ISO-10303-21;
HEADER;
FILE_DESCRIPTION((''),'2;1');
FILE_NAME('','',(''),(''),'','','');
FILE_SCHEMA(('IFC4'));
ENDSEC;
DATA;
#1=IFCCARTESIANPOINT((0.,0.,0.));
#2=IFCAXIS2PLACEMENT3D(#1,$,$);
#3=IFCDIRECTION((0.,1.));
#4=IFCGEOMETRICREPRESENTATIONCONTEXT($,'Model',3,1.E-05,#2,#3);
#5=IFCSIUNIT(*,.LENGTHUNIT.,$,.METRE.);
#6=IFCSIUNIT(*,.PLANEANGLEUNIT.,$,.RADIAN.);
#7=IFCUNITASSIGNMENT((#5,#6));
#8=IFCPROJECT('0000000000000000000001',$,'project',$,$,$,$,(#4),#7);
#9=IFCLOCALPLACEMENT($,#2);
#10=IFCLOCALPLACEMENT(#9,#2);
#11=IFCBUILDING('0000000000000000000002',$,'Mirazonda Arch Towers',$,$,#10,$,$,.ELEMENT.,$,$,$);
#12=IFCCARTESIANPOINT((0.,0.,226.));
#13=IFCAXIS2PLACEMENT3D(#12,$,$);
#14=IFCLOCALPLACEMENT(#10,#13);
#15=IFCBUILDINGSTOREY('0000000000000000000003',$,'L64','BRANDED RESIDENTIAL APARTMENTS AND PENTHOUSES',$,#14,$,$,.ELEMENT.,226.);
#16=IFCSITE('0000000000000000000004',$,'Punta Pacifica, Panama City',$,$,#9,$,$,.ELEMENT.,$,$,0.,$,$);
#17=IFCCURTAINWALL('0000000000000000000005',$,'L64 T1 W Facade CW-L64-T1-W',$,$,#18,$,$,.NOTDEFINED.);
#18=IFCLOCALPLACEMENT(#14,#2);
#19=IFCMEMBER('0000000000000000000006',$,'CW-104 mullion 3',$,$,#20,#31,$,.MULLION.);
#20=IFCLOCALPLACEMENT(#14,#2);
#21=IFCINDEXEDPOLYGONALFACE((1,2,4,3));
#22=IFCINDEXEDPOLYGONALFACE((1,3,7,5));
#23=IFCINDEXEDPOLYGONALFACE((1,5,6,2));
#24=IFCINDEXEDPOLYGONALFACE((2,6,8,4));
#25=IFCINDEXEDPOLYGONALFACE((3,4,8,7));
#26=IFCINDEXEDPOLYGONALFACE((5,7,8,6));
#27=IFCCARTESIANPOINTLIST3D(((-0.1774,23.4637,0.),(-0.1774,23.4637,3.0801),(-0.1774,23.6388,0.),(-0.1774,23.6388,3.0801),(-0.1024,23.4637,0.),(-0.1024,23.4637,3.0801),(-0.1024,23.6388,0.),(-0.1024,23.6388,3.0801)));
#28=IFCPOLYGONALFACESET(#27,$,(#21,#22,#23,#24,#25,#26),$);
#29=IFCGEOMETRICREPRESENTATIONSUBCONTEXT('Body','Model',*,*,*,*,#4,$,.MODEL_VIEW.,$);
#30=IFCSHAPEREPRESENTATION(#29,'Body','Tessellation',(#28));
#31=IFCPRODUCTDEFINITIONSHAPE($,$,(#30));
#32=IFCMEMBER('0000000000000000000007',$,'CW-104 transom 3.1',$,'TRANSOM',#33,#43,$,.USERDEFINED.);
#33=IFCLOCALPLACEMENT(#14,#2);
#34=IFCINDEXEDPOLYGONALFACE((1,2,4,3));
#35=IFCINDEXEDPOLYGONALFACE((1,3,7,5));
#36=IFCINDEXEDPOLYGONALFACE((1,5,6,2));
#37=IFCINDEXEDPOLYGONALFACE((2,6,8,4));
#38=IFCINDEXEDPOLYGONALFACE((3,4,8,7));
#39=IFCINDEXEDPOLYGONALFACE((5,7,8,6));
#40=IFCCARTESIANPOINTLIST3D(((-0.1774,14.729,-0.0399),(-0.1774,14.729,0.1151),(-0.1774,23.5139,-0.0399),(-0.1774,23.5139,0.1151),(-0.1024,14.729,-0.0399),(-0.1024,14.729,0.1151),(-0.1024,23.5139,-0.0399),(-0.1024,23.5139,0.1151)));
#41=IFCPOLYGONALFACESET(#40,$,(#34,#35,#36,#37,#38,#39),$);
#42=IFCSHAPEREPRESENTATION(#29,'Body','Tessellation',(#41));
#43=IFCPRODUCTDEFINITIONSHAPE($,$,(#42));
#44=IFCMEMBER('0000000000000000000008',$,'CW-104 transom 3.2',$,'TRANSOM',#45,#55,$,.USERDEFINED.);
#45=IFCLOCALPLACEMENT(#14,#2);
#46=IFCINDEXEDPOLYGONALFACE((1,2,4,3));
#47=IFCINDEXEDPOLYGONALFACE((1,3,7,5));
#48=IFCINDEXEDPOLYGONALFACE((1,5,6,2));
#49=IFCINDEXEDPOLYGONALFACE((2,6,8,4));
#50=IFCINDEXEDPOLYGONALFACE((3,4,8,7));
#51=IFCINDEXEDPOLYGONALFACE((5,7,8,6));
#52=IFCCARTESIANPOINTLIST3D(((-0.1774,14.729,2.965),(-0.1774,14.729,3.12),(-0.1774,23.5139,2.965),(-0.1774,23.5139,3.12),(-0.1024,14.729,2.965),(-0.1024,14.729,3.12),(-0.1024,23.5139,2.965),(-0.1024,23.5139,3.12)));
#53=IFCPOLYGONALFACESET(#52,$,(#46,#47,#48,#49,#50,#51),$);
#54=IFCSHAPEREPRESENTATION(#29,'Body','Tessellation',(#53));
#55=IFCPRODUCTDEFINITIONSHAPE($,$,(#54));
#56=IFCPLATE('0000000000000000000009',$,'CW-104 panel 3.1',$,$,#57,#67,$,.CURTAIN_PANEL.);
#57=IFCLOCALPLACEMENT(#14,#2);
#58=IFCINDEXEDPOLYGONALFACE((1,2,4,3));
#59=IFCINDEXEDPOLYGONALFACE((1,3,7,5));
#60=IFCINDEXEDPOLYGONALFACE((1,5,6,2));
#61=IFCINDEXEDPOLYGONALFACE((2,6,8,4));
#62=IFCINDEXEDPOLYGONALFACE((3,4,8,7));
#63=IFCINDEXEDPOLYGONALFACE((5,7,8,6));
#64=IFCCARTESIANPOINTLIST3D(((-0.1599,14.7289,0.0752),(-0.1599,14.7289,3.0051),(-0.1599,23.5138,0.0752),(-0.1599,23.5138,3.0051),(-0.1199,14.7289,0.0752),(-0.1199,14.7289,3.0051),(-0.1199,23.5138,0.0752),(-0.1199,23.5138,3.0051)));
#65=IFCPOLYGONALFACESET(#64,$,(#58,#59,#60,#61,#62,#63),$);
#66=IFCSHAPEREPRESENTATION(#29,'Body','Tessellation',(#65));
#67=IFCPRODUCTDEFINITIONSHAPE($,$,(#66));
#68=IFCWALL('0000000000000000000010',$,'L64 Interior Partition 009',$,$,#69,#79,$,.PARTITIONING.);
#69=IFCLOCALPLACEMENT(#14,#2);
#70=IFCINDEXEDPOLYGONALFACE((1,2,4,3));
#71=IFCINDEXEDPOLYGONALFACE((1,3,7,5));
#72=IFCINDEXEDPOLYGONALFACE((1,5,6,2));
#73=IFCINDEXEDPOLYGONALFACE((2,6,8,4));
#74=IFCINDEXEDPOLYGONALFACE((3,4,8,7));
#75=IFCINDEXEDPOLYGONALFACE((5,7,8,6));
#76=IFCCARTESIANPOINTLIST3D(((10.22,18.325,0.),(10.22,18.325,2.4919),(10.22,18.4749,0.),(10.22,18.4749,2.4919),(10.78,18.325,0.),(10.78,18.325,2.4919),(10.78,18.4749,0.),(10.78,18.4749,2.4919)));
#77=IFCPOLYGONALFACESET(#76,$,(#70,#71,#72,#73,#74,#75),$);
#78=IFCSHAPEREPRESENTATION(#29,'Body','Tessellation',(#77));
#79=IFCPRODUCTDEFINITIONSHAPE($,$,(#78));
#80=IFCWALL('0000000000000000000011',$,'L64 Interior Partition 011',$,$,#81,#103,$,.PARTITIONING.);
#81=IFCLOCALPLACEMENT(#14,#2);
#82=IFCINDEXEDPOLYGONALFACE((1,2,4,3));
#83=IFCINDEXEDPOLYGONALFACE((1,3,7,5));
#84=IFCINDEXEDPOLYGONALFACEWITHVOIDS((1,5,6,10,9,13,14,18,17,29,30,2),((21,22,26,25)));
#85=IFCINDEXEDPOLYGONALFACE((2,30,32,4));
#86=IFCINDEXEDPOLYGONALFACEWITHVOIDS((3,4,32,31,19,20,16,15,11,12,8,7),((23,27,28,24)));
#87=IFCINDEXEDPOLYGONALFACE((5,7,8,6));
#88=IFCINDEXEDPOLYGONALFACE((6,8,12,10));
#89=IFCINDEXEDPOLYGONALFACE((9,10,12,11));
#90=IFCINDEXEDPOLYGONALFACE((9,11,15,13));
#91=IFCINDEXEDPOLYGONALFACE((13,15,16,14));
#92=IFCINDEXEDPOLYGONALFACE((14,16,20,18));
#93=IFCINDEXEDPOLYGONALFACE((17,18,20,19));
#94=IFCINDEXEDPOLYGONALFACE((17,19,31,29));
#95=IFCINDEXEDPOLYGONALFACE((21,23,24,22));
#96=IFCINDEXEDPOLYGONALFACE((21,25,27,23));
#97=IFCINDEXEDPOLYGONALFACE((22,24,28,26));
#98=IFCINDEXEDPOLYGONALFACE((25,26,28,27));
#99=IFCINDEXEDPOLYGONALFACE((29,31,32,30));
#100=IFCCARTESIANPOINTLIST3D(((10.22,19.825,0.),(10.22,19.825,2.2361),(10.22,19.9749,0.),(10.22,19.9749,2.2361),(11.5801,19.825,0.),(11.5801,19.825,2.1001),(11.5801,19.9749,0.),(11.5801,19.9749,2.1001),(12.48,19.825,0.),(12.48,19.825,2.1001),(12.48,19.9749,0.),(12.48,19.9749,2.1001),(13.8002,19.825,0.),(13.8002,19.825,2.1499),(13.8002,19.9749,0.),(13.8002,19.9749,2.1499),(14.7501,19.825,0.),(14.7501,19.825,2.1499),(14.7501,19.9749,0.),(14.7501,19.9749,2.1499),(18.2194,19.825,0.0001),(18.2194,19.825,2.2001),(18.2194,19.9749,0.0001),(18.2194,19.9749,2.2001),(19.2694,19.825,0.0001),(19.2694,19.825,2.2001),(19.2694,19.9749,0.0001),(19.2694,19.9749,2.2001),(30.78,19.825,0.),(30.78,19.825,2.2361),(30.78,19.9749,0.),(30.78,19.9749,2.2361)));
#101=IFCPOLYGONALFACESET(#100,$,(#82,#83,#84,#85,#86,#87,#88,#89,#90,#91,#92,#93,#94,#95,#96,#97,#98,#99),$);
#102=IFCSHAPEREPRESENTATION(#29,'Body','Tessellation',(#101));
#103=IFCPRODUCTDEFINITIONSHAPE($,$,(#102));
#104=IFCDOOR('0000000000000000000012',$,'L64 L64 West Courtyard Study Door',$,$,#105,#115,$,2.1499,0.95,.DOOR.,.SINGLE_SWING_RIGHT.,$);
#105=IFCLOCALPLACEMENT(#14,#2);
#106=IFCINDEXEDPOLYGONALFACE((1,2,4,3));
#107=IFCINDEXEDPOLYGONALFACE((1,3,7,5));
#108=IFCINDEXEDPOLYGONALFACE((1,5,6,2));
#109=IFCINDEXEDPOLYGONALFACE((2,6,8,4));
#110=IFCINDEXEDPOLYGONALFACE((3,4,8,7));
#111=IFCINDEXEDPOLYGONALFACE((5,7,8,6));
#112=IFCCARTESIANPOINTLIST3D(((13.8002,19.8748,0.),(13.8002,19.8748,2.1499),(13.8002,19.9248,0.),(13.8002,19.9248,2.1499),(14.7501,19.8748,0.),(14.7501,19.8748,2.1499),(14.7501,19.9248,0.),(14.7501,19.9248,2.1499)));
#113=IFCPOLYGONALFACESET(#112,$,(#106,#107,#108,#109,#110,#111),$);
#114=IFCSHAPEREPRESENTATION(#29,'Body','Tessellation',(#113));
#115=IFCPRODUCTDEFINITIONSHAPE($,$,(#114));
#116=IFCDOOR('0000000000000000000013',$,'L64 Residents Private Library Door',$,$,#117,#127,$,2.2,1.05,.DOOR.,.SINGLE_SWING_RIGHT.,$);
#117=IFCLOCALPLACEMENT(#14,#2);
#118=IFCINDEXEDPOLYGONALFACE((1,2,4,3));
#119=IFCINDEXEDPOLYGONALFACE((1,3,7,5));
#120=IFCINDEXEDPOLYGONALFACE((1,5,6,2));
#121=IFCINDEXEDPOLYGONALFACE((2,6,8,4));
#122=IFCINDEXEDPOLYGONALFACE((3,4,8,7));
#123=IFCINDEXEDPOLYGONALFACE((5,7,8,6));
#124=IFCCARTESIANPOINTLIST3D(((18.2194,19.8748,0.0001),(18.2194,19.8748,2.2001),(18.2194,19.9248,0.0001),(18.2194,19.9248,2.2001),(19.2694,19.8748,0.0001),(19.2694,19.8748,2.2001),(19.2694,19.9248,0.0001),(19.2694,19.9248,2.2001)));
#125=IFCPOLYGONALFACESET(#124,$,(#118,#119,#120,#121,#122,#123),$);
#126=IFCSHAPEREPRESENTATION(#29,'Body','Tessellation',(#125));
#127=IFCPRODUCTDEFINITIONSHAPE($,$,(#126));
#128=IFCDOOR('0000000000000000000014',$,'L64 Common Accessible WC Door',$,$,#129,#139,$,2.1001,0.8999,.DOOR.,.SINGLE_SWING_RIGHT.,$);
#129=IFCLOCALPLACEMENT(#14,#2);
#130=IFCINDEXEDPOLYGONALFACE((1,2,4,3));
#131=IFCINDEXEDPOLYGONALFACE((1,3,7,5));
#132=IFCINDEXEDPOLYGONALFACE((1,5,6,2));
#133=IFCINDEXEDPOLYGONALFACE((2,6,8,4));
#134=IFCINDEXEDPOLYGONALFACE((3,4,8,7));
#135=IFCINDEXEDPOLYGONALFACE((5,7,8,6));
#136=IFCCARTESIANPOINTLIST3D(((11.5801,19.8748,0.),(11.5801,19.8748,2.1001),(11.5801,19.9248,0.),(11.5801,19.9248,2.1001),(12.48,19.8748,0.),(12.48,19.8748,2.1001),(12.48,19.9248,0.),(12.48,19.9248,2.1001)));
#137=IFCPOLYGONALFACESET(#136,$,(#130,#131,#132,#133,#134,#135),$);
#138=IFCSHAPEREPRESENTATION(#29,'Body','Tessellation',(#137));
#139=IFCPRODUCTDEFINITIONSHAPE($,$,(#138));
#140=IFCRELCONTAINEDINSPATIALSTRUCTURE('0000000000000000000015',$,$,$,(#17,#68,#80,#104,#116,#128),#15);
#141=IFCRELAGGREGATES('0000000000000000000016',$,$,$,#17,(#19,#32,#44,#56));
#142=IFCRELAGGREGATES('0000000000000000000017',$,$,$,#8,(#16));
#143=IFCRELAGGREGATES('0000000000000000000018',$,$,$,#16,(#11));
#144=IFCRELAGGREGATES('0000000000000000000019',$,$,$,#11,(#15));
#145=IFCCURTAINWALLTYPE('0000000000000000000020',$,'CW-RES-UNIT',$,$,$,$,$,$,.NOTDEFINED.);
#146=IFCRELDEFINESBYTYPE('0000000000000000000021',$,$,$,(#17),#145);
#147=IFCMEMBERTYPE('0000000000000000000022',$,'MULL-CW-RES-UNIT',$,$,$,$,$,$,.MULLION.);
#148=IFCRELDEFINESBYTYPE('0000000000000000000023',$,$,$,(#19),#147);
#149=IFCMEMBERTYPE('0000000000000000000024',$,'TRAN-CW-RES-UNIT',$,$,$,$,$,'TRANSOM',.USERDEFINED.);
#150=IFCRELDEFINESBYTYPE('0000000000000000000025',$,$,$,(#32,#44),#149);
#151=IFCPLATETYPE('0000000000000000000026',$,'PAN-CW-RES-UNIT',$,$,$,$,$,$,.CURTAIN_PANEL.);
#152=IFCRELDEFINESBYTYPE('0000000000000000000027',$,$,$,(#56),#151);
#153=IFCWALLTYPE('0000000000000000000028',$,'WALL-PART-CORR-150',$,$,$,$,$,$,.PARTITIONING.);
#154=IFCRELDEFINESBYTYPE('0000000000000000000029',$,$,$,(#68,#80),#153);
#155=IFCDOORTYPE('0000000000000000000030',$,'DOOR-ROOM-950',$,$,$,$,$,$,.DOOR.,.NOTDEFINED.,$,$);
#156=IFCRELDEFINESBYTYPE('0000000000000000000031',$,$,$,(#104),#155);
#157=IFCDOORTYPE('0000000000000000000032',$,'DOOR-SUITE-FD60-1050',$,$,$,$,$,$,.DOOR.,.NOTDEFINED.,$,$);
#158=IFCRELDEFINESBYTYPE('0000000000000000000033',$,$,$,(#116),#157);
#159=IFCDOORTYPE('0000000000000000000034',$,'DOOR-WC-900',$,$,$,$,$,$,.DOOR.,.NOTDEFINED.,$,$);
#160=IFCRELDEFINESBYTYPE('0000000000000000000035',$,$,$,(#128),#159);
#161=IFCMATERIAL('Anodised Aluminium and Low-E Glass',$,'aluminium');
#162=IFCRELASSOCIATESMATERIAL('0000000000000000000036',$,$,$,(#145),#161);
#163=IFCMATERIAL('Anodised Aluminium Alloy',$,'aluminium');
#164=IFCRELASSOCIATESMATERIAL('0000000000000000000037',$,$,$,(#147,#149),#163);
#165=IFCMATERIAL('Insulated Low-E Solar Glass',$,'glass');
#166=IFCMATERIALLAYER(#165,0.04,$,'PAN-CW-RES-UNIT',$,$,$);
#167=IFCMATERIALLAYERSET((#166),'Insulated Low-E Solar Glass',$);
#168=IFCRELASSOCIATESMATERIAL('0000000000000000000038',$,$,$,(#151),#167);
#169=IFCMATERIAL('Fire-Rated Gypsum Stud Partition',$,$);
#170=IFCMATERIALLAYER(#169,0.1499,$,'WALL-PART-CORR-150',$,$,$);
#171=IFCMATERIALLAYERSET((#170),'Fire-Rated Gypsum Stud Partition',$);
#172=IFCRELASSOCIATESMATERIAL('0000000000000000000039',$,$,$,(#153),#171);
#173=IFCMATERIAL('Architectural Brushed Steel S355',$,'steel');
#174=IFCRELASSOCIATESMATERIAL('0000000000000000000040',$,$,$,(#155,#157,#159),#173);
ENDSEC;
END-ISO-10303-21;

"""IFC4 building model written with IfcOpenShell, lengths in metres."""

from ifc_helpers import new_model, si_unit, direction, frame, frame_2d, origin, origin_2d, place, context, subcontext, project, spatial, rectangle, extrude, material, layer, layer_set, material_profile, profile_set, type_object, element, fill, aggregate, save


model = new_model("IFC4")

# Units and contexts
model_context = context("Model", 3, precision=1e-05, world=origin(), true_north=direction((0.0, 1.0)))
body_context = subcontext(model_context, "Body", "Model", "MODEL_VIEW")
ifc_project = project(units=[si_unit("LENGTHUNIT", "METRE"), si_unit("PLANEANGLEUNIT", "RADIAN")], contexts=[model_context])

# Site, building, storey
site_placement = place(None, origin())
site = spatial("IfcSite", under=ifc_project, at=site_placement, Name="Punta Pacifica, Panama City", CompositionType="ELEMENT", RefElevation=0.0)
building_placement = place(site_placement, origin())
building = spatial("IfcBuilding", under=site, at=building_placement, Name="Mirazonda Arch Towers", CompositionType="ELEMENT")
storey_placement = place(building_placement, frame((0.0, 0.0, 226.0)))
storey = spatial("IfcBuildingStorey", under=building, at=storey_placement, Name="L64", Description="BRANDED RESIDENTIAL APARTMENTS AND PENTHOUSES", CompositionType="ELEMENT", Elevation=226.0)

# Curtain wall, members, plate
ifc_material_1 = material(Name="Anodised Aluminium and Low-E Glass", Category="aluminium")
curtain_wall_type = type_object("IfcCurtainWallType", Name="CW-RES-UNIT", PredefinedType="NOTDEFINED", material=ifc_material_1)
curtain_wall_placement = place(storey_placement, origin())
curtain_wall = element("IfcCurtainWall", 1, at=curtain_wall_placement, inside=storey, type_object=curtain_wall_type, Name="L64 T1 W Facade CW-L64-T1-W", PredefinedType="NOTDEFINED")
ifc_material_2 = material(Name="Anodised Aluminium Alloy", Category="aluminium")
ifc_material_profile_1 = material_profile(ifc_material_2, rectangle(XDim=0.075, YDim=0.175, at=origin_2d()), Name="ALU-MULL-75x175")
ifc_profile_set_1 = profile_set([ifc_material_profile_1], Name="Anodised Aluminium Alloy")
member_type_1 = type_object("IfcMemberType", Name="MULL-CW-RES-UNIT", PredefinedType="MULLION", material=ifc_profile_set_1)
member_1_placement = place(storey_placement, frame((-0.1399, 23.5513, 0.0), z_axis=(0.0, 0.0, 1.0), x_axis=(1.0, 0.0, 0.0)))
member_1 = element("IfcMember", 2, at=member_1_placement, type_object=member_type_1, Name="CW-104 mullion 3", PredefinedType="MULLION", context=body_context, shape_type="SweptSolid", body=[
    extrude(rectangle(XDim=0.075, YDim=0.175, at=origin_2d()), origin(), (0.0, 0.0, 1.0), 3.0801),
])
ifc_material_profile_2 = material_profile(ifc_material_2, rectangle(XDim=0.075, YDim=0.155, at=origin_2d()), Name="ALU-TRAN-75x155")
ifc_profile_set_2 = profile_set([ifc_material_profile_2], Name="Anodised Aluminium Alloy")
member_type_2 = type_object("IfcMemberType", Name="TRAN-CW-RES-UNIT", ElementType="TRANSOM", PredefinedType="USERDEFINED", material=ifc_profile_set_2)
member_2_placement = place(storey_placement, frame((-0.1399, 23.5139, 0.0376), z_axis=(0.0, -1.0, 0.0), x_axis=(1.0, 0.0, 0.0)))
member_2 = element("IfcMember", 3, at=member_2_placement, type_object=member_type_2, Name="CW-104 transom 3.1", ObjectType="TRANSOM", PredefinedType="USERDEFINED", context=body_context, shape_type="SweptSolid", body=[
    extrude(rectangle(XDim=0.075, YDim=0.155, at=origin_2d()), origin(), (0.0, 0.0, 1.0), 8.7849),
])
member_3_placement = place(storey_placement, frame((-0.1399, 23.5139, 3.0425), z_axis=(0.0, -1.0, 0.0), x_axis=(1.0, 0.0, 0.0)))
member_3 = element("IfcMember", 4, at=member_3_placement, type_object=member_type_2, Name="CW-104 transom 3.2", ObjectType="TRANSOM", PredefinedType="USERDEFINED", context=body_context, shape_type="SweptSolid", body=[
    extrude(rectangle(XDim=0.075, YDim=0.155, at=origin_2d()), origin(), (0.0, 0.0, 1.0), 8.7849),
])
ifc_material_3 = material(Name="Insulated Low-E Solar Glass", Category="glass")
ifc_layer_1 = layer(ifc_material_3, 0.04, Name="PAN-CW-RES-UNIT")
ifc_layer_set_1 = layer_set([ifc_layer_1], Name="Insulated Low-E Solar Glass")
plate_type = type_object("IfcPlateType", Name="PAN-CW-RES-UNIT", PredefinedType="CURTAIN_PANEL", material=ifc_layer_set_1)
plate_placement = place(storey_placement, frame((-0.1399, 19.1213, 0.0752), z_axis=(0.0, 0.0, 1.0), x_axis=(0.0, -1.0, 0.0)))
plate = element("IfcPlate", 5, at=plate_placement, type_object=plate_type, Name="CW-104 panel 3.1", PredefinedType="CURTAIN_PANEL", context=body_context, shape_type="SweptSolid", body=[
    extrude(rectangle(XDim=8.7849, YDim=0.04, at=origin_2d()), origin(), (0.0, 0.0, 1.0), 2.9299),
])
aggregate(curtain_wall, [member_1, member_2, member_3, plate])

# Wall
ifc_material_4 = material(Name="Fire-Rated Gypsum Stud Partition")
ifc_layer_2 = layer(ifc_material_4, 0.1499, Name="WALL-PART-CORR-150")
ifc_layer_set_2 = layer_set([ifc_layer_2], Name="Fire-Rated Gypsum Stud Partition")
wall_type = type_object("IfcWallType", Name="WALL-PART-CORR-150", PredefinedType="PARTITIONING", material=ifc_layer_set_2)
wall_1_placement = place(storey_placement, frame((10.22, 18.3999, 0.0), z_axis=(0.0, 0.0, 1.0), x_axis=(1.0, 0.0, 0.0)))
element("IfcWall", 6, at=wall_1_placement, inside=storey, type_object=wall_type, Name="L64 Interior Partition 009", PredefinedType="PARTITIONING", context=body_context, shape_type="SweptSolid", body=[
    extrude(rectangle(XDim=0.5601, YDim=0.1499, at=frame_2d((0.28, 0.0))), origin(), (0.0, 0.0, 1.0), 2.4919),
])

# Wall, openings, doors
wall_2_placement = place(storey_placement, frame((10.22, 19.8999, 0.0), z_axis=(0.0, 0.0, 1.0), x_axis=(1.0, 0.0, 0.0)))
wall_2 = element("IfcWall", 7, at=wall_2_placement, inside=storey, type_object=wall_type, Name="L64 Interior Partition 011", PredefinedType="PARTITIONING", context=body_context, shape_type="SweptSolid", body=[
    extrude(rectangle(XDim=20.5601, YDim=0.1499, at=frame_2d((10.28, 0.0))), origin(), (0.0, 0.0, 1.0), 2.2361),
])
opening_1_placement = place(wall_2_placement, frame((1.3601, 0.0, 0.0)))
opening_1 = element("IfcOpeningElement", 8, at=opening_1_placement, cuts=wall_2, PredefinedType="OPENING", context=body_context, shape_type="SweptSolid", body=[
    extrude(rectangle(XDim=0.8999, YDim=2.1001, at=frame_2d((0.45, 1.05))), frame((0.0, 0.085, 0.0), z_axis=(0.0, -1.0, 0.0), x_axis=(1.0, 0.0, 0.0)), (0.0, 0.0, 1.0), 0.1699),
])
opening_2_placement = place(wall_2_placement, frame((3.5801, 0.0, 0.0)))
opening_2 = element("IfcOpeningElement", 9, at=opening_2_placement, cuts=wall_2, PredefinedType="OPENING", context=body_context, shape_type="SweptSolid", body=[
    extrude(rectangle(XDim=0.95, YDim=2.1499, at=frame_2d((0.4751, 1.075))), frame((0.0, 0.085, 0.0), z_axis=(0.0, -1.0, 0.0), x_axis=(1.0, 0.0, 0.0)), (0.0, 0.0, 1.0), 0.1699),
])
opening_3_placement = place(wall_2_placement, frame((7.9995, 0.0, 0.0)))
opening_3 = element("IfcOpeningElement", 10, at=opening_3_placement, cuts=wall_2, PredefinedType="OPENING", context=body_context, shape_type="SweptSolid", body=[
    extrude(rectangle(XDim=1.05, YDim=2.2, at=frame_2d((0.5249, 1.1001))), frame((0.0, 0.085, 0.0), z_axis=(0.0, -1.0, 0.0), x_axis=(1.0, 0.0, 0.0)), (0.0, 0.0, 1.0), 0.1699),
])
ifc_material_5 = material(Name="Architectural Brushed Steel S355", Category="steel")
door_type_1 = type_object("IfcDoorType", Name="DOOR-ROOM-950", OperationType="NOTDEFINED", PredefinedType="DOOR", material=ifc_material_5)
door_1_placement = place(opening_2_placement, origin())
door_1 = element("IfcDoor", 11, at=door_1_placement, inside=storey, type_object=door_type_1, Name="L64 L64 West Courtyard Study Door", OperationType="SINGLE_SWING_RIGHT", OverallHeight=2.1499, OverallWidth=0.95, PredefinedType="DOOR", context=body_context, shape_type="SweptSolid", body=[
    extrude(rectangle(XDim=0.95, YDim=2.1499, at=frame_2d((0.4751, 1.075))), frame((0.0, 0.0249, 0.0), z_axis=(0.0, -1.0, 0.0), x_axis=(1.0, 0.0, 0.0)), (0.0, 0.0, 1.0), 0.05),
])
fill(opening_2, door_1)
door_type_2 = type_object("IfcDoorType", Name="DOOR-SUITE-FD60-1050", OperationType="NOTDEFINED", PredefinedType="DOOR", material=ifc_material_5)
door_2_placement = place(opening_3_placement, origin())
door_2 = element("IfcDoor", 12, at=door_2_placement, inside=storey, type_object=door_type_2, Name="L64 Residents Private Library Door", OperationType="SINGLE_SWING_RIGHT", OverallHeight=2.2, OverallWidth=1.05, PredefinedType="DOOR", context=body_context, shape_type="SweptSolid", body=[
    extrude(rectangle(XDim=1.05, YDim=2.2, at=frame_2d((0.5249, 1.1001))), frame((0.0, 0.0249, 0.0), z_axis=(0.0, -1.0, 0.0), x_axis=(1.0, 0.0, 0.0)), (0.0, 0.0, 1.0), 0.05),
])
fill(opening_3, door_2)
door_type_3 = type_object("IfcDoorType", Name="DOOR-WC-900", OperationType="NOTDEFINED", PredefinedType="DOOR", material=ifc_material_5)
door_3_placement = place(opening_1_placement, origin())
door_3 = element("IfcDoor", 13, at=door_3_placement, inside=storey, type_object=door_type_3, Name="L64 Common Accessible WC Door", OperationType="SINGLE_SWING_RIGHT", OverallHeight=2.1001, OverallWidth=0.8999, PredefinedType="DOOR", context=body_context, shape_type="SweptSolid", body=[
    extrude(rectangle(XDim=0.8999, YDim=2.1001, at=frame_2d((0.45, 1.05))), frame((0.0, 0.0249, 0.0), z_axis=(0.0, -1.0, 0.0), x_axis=(1.0, 0.0, 0.0)), (0.0, 0.0, 1.0), 0.05),
])
fill(opening_1, door_3)

save(model, "model.ifc")
